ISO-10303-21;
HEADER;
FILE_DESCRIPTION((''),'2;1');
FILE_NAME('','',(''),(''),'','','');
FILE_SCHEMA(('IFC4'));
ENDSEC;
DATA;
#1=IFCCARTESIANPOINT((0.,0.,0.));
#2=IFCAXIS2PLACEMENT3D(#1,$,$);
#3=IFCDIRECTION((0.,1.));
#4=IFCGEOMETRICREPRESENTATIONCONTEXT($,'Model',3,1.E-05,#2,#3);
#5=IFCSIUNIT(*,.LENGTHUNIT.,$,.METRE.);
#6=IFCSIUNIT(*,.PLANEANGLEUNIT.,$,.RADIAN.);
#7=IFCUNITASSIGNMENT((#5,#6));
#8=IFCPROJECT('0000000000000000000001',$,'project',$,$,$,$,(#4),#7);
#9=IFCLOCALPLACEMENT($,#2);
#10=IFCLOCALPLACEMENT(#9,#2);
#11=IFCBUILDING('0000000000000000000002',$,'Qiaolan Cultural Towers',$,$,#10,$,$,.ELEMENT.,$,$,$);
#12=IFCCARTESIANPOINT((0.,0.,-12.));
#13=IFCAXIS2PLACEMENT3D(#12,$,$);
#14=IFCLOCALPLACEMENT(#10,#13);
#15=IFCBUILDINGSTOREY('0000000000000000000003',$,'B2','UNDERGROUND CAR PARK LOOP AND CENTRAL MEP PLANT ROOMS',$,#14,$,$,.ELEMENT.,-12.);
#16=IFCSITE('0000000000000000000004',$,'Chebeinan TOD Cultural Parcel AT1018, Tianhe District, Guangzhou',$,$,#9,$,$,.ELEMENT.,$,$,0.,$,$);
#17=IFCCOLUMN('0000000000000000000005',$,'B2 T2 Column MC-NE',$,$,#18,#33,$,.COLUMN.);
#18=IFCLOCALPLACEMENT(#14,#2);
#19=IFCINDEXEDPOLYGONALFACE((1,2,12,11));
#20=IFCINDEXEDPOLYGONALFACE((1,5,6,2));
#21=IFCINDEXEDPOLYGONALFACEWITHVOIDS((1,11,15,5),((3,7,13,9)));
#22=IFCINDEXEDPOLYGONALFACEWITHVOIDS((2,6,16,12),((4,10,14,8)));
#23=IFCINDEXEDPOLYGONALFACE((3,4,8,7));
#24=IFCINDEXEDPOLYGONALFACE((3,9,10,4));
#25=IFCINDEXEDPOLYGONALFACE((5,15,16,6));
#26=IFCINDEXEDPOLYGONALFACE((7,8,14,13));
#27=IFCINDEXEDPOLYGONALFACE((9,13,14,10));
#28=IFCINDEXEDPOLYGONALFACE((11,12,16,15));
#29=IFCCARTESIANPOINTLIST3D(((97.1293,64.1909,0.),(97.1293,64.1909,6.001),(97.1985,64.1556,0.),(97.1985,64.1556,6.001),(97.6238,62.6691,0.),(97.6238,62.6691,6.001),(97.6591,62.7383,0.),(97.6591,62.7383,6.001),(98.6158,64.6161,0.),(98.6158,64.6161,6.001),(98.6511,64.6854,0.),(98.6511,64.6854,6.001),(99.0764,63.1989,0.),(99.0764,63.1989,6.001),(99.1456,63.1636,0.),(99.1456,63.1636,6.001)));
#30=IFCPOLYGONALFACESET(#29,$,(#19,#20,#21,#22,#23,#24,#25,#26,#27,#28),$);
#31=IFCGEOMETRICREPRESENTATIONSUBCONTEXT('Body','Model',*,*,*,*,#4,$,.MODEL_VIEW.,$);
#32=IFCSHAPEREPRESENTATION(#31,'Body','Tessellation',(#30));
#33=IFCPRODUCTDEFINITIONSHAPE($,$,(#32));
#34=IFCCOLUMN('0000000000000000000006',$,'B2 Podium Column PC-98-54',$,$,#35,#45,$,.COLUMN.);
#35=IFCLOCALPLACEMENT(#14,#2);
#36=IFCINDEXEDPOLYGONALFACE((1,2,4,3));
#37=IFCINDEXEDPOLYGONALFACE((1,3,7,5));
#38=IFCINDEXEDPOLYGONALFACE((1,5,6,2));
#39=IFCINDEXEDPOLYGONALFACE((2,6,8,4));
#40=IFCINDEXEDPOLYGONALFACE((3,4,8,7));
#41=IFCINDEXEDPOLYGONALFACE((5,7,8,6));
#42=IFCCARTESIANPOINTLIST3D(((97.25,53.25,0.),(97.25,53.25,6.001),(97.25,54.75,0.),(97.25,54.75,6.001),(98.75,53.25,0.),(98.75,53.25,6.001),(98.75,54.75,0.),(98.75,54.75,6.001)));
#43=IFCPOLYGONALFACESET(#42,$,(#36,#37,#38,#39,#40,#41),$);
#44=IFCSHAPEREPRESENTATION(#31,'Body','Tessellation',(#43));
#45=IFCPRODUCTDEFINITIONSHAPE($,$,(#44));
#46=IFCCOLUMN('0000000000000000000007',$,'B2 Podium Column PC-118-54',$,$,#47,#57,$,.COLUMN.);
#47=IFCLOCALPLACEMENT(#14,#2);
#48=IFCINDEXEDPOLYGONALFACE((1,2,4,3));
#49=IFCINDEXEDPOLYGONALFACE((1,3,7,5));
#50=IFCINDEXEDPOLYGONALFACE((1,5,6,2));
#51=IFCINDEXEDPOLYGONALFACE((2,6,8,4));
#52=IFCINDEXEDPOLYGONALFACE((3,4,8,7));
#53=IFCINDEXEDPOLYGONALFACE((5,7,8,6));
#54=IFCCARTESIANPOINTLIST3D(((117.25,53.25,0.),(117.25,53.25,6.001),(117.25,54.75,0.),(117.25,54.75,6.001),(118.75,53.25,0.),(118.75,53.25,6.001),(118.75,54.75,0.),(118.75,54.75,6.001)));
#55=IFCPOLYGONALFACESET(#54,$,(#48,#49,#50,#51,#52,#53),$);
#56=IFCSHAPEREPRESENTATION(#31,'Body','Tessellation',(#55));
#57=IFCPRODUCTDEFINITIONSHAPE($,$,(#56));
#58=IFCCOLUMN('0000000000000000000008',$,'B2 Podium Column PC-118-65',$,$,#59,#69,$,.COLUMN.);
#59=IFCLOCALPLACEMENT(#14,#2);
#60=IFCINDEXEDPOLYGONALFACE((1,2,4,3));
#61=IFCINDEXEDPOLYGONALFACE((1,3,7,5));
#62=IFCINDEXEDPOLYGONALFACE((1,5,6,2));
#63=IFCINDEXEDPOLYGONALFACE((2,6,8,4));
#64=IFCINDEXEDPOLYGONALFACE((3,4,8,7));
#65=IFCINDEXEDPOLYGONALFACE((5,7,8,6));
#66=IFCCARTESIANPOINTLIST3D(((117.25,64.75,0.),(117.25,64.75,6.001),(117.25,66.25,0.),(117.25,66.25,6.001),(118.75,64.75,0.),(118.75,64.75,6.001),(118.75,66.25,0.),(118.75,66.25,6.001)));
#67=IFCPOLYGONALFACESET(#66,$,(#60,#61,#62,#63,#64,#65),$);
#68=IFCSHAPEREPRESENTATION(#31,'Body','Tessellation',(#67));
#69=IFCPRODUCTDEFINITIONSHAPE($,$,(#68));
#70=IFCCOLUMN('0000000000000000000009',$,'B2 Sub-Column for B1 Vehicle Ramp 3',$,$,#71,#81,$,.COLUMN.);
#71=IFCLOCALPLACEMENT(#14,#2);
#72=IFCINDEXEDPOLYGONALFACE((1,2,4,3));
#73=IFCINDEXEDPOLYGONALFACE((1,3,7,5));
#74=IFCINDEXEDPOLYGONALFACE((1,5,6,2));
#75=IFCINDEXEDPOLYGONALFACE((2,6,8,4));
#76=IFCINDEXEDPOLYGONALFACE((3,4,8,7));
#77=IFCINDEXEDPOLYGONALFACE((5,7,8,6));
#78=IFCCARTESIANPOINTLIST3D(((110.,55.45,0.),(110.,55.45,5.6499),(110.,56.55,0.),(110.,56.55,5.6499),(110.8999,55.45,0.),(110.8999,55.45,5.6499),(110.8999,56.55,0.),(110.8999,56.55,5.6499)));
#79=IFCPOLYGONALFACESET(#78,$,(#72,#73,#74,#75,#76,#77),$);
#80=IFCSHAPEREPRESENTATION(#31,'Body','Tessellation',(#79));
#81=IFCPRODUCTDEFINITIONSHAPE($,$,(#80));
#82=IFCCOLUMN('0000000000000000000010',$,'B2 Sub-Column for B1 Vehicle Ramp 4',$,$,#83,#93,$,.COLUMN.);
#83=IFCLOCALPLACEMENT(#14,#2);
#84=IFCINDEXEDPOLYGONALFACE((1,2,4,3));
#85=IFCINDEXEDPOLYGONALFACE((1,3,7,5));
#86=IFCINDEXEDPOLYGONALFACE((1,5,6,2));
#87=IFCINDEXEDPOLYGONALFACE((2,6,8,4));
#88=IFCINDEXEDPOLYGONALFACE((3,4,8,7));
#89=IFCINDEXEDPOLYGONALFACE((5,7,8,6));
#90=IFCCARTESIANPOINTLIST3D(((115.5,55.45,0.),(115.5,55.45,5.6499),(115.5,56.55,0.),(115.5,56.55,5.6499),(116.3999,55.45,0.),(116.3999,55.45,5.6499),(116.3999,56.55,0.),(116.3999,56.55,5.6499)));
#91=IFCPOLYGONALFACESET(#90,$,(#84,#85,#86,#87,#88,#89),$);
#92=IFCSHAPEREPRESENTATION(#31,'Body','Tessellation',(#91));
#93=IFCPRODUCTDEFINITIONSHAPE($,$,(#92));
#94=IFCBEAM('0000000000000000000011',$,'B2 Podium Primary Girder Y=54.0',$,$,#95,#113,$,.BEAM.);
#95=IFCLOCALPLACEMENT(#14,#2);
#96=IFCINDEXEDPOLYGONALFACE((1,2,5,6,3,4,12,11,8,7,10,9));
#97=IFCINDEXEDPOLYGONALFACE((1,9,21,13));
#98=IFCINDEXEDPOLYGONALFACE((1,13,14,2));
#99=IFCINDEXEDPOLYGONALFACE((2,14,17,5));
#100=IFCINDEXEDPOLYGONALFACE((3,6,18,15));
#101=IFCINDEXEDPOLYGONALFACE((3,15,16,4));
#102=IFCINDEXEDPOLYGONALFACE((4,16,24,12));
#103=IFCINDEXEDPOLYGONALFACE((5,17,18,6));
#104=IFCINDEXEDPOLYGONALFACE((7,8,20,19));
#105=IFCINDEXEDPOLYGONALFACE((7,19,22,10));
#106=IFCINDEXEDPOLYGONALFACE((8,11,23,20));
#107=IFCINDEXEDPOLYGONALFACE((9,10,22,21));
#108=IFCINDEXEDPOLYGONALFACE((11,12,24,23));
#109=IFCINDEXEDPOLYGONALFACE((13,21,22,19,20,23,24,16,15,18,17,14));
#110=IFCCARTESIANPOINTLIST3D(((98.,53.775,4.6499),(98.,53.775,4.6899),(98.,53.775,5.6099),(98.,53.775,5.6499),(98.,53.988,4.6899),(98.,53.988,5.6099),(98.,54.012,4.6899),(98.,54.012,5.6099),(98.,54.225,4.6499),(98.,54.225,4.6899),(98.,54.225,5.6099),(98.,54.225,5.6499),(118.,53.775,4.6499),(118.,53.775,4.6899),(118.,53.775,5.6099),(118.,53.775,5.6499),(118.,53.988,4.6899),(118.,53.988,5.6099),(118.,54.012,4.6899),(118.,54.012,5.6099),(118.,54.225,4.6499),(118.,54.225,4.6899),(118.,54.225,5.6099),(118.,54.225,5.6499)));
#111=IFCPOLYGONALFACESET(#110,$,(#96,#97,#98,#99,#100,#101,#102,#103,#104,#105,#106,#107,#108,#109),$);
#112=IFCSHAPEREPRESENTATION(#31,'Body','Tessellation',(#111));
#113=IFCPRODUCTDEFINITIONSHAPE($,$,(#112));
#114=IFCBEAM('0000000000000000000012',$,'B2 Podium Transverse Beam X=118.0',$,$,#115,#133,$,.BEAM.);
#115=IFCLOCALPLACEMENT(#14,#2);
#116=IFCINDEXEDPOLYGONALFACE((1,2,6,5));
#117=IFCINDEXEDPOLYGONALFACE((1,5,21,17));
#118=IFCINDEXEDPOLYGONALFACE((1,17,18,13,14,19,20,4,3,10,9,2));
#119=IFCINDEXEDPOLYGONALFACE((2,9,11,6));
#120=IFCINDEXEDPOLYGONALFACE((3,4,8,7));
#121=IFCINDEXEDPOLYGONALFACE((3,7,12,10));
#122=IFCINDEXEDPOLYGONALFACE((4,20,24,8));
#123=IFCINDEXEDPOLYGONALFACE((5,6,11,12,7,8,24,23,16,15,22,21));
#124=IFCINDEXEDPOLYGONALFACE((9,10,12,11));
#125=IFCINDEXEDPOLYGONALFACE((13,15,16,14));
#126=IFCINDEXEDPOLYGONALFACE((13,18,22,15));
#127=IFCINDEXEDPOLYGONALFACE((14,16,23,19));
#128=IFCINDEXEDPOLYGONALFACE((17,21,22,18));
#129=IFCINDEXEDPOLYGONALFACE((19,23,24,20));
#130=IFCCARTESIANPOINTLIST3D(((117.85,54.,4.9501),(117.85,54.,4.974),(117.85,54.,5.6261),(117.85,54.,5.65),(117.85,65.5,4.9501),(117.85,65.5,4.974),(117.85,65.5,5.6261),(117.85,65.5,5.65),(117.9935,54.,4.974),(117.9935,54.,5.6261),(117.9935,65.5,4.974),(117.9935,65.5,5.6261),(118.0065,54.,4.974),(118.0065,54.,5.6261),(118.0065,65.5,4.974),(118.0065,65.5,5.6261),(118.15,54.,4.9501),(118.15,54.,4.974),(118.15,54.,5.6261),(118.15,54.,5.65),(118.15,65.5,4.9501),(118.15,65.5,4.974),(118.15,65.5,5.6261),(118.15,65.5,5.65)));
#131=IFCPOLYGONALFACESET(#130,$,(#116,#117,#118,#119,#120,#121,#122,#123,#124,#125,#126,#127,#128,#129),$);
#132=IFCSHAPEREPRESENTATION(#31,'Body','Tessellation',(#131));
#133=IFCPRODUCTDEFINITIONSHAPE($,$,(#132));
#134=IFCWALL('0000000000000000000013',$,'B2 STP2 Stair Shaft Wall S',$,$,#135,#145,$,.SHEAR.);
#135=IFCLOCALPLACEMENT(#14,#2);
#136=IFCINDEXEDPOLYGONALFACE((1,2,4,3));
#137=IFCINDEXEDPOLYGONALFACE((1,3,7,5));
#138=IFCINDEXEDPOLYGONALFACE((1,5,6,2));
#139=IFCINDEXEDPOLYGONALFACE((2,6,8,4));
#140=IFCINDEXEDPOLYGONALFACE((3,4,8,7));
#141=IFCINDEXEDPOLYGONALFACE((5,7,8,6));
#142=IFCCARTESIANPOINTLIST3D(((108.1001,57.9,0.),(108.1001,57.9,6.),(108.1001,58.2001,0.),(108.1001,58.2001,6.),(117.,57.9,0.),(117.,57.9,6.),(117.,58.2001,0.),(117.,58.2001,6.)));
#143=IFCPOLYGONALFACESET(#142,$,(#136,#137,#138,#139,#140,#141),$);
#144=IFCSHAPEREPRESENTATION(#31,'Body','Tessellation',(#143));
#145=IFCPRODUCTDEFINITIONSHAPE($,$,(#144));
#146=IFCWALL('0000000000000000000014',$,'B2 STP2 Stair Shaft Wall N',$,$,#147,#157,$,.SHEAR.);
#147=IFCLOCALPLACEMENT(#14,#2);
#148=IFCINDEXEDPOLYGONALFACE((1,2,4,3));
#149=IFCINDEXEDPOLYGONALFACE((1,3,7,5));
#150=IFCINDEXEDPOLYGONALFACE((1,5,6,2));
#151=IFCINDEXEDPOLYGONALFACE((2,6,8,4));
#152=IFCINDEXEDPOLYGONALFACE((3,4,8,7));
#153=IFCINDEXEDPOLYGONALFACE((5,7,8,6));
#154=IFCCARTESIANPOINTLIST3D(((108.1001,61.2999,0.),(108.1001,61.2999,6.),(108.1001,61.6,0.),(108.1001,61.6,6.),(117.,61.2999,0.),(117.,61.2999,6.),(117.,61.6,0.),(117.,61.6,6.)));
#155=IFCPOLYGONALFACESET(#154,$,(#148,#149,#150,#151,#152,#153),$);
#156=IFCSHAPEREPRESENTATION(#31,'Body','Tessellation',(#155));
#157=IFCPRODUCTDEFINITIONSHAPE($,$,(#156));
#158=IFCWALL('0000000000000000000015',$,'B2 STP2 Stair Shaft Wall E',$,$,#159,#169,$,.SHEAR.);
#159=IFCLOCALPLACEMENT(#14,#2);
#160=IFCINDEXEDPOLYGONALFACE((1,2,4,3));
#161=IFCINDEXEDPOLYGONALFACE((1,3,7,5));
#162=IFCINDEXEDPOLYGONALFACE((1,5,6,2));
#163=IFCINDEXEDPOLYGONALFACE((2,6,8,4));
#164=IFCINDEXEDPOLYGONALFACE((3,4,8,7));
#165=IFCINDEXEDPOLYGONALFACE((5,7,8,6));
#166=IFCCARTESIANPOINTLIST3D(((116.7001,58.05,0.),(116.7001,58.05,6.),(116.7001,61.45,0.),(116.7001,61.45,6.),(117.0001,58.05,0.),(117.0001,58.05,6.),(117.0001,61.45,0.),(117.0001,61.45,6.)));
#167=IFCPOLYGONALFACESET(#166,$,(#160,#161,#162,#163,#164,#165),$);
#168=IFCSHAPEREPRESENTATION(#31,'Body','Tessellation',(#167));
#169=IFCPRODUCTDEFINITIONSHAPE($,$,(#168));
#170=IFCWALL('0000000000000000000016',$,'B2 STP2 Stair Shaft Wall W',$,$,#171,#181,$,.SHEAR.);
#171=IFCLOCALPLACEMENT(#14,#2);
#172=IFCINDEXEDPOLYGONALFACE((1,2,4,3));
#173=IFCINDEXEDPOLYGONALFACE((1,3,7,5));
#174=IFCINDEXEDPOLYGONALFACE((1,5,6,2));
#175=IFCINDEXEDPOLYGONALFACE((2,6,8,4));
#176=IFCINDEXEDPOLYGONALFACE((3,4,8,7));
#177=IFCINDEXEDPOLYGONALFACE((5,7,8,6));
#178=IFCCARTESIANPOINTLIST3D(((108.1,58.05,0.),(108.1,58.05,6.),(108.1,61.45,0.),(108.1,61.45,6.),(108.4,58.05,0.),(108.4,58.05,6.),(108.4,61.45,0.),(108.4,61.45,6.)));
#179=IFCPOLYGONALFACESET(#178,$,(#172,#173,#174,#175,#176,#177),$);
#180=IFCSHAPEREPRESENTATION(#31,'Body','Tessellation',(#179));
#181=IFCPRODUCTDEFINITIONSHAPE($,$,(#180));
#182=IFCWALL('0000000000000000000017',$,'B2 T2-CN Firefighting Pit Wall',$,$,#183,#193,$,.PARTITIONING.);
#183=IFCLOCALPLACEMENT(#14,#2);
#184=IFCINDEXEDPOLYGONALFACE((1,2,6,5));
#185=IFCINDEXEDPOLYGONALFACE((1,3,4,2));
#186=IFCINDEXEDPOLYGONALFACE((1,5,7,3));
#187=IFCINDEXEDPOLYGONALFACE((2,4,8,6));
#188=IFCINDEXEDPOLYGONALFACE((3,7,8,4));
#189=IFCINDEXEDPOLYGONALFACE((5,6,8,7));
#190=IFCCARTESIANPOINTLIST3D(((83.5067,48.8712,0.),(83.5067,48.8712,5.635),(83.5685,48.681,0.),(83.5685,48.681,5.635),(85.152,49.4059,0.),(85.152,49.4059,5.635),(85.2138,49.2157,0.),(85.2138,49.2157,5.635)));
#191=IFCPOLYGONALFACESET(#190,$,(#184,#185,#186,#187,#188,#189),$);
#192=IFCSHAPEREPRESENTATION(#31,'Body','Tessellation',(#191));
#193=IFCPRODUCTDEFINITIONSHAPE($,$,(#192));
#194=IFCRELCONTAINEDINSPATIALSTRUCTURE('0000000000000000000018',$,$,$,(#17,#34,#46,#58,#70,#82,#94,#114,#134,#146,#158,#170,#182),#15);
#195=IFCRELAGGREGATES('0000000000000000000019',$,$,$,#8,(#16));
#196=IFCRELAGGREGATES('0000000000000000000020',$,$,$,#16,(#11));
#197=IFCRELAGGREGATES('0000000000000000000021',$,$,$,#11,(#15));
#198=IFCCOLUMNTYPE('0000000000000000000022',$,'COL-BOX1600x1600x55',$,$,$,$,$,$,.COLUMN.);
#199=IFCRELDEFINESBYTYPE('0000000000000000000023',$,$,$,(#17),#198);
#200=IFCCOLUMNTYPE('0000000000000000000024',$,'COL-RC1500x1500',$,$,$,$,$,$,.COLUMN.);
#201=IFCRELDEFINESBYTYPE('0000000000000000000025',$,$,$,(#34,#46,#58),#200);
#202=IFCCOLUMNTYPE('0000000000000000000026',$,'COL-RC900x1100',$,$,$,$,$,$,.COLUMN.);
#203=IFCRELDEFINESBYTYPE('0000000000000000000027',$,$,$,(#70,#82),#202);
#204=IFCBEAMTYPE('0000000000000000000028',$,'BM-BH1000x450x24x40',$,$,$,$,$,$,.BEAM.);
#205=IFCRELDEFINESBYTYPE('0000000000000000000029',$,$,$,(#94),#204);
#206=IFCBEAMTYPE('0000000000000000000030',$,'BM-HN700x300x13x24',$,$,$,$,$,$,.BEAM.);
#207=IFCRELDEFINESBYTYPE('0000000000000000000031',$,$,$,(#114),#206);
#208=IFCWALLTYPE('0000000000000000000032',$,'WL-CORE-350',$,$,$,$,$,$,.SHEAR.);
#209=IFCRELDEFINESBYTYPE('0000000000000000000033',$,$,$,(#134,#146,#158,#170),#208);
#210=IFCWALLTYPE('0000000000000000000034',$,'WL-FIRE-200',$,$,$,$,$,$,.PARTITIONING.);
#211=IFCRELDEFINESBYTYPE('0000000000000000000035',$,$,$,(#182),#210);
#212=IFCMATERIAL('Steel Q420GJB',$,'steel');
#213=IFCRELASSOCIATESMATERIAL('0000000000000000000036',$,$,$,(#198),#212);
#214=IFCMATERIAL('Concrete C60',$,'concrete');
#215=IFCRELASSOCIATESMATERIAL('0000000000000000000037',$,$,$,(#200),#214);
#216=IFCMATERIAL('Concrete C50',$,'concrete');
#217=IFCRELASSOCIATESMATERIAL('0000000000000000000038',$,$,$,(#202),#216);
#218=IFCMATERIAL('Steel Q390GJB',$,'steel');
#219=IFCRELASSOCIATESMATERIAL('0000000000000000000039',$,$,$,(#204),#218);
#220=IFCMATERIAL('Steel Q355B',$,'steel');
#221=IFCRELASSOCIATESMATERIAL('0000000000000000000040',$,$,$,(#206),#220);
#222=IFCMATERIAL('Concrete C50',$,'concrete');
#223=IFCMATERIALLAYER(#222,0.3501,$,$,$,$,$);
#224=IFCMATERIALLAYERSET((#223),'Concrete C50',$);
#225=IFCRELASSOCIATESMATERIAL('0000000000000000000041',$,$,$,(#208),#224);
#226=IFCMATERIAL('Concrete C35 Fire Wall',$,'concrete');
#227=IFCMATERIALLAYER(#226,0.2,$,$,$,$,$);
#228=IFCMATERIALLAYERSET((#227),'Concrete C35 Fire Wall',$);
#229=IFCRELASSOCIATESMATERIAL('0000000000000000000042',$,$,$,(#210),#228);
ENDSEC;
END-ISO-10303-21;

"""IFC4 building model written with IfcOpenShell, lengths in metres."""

from ifc_helpers import new_model, si_unit, direction, frame, frame_2d, origin, origin_2d, place, context, subcontext, project, spatial, rectangle, hollow_rectangle, i_section, extrude, material, layer, layer_set, material_profile, profile_set, type_object, element, save


model = new_model("IFC4")

# Units and contexts
model_context = context("Model", 3, precision=1e-05, world=origin(), true_north=direction((0.0, 1.0)))
body_context = subcontext(model_context, "Body", "Model", "MODEL_VIEW")
ifc_project = project(units=[si_unit("LENGTHUNIT", "METRE"), si_unit("PLANEANGLEUNIT", "RADIAN")], contexts=[model_context])

# Site, building, storey
site_placement = place(None, origin())
site = spatial("IfcSite", under=ifc_project, at=site_placement, Name="Chebeinan TOD Cultural Parcel AT1018, Tianhe District, Guangzhou", CompositionType="ELEMENT", RefElevation=0.0)
building_placement = place(site_placement, origin())
building = spatial("IfcBuilding", under=site, at=building_placement, Name="Qiaolan Cultural Towers", CompositionType="ELEMENT")
storey_placement = place(building_placement, frame((0.0, 0.0, -12.0)))
storey = spatial("IfcBuildingStorey", under=building, at=storey_placement, Name="B2", Description="UNDERGROUND CAR PARK LOOP AND CENTRAL MEP PLANT ROOMS", CompositionType="ELEMENT", Elevation=-12.0)

# Columns
ifc_material_1 = material(Name="Steel Q420GJB", Category="steel")
ifc_material_profile_1 = material_profile(ifc_material_1, hollow_rectangle(XDim=1.6001, YDim=1.6001, WallThickness=0.0549, at=origin_2d()), Name="BOX1600x1600x55")
ifc_profile_set_1 = profile_set([ifc_material_profile_1], Name="Steel Q420GJB")
column_type_1 = type_object("IfcColumnType", Name="COL-BOX1600x1600x55", PredefinedType="COLUMN", material=ifc_profile_set_1)
column_1_placement = place(storey_placement, frame((98.1375, 63.6772, 0.0), z_axis=(0.0, 0.0, 1.0), x_axis=(0.951057, 0.309017, 0.0)))
element("IfcColumn", 1, at=column_1_placement, inside=storey, type_object=column_type_1, Name="B2 T2 Column MC-NE", PredefinedType="COLUMN", context=body_context, shape_type="SweptSolid", body=[
    extrude(hollow_rectangle(XDim=1.6001, YDim=1.6001, WallThickness=0.0549, at=origin_2d()), origin(), (0.0, 0.0, 1.0), 6.001),
])
ifc_material_2 = material(Name="Concrete C60", Category="concrete")
ifc_material_profile_2 = material_profile(ifc_material_2, rectangle(XDim=1.5, YDim=1.5, at=origin_2d()), Name="RC1500x1500")
ifc_profile_set_2 = profile_set([ifc_material_profile_2], Name="Concrete C60")
column_type_2 = type_object("IfcColumnType", Name="COL-RC1500x1500", PredefinedType="COLUMN", material=ifc_profile_set_2)
for number, where, z_axis, x_axis, name in (
    (2, (98.0, 54.0, 0.0), (0.0, 0.0, 1.0), (1.0, 0.0, 0.0), "B2 Podium Column PC-98-54"),
    (3, (118.0, 54.0, 0.0), (0.0, 0.0, 1.0), (1.0, 0.0, 0.0), "B2 Podium Column PC-118-54"),
    (4, (118.0, 65.5, 0.0), (0.0, 0.0, 1.0), (1.0, 0.0, 0.0), "B2 Podium Column PC-118-65"),
):
    element("IfcColumn", number, at=place(storey_placement, frame(where, z_axis=z_axis, x_axis=x_axis)), inside=storey, type_object=column_type_2, Name=name, PredefinedType="COLUMN", context=body_context, shape_type="SweptSolid", body=[
        extrude(rectangle(XDim=1.5, YDim=1.5, at=origin_2d()), origin(), (0.0, 0.0, 1.0), 6.001),
    ])
ifc_material_3 = material(Name="Concrete C50", Category="concrete")
ifc_material_profile_3 = material_profile(ifc_material_3, rectangle(XDim=0.8999, YDim=1.1001, at=origin_2d()), Name="RC900x1100")
ifc_profile_set_3 = profile_set([ifc_material_profile_3], Name="Concrete C50")
column_type_3 = type_object("IfcColumnType", Name="COL-RC900x1100", PredefinedType="COLUMN", material=ifc_profile_set_3)
for number, where, z_axis, x_axis, name in (
    (5, (110.45, 56.0, 0.0), (0.0, 0.0, 1.0), (1.0, 0.0, 0.0), "B2 Sub-Column for B1 Vehicle Ramp 3"),
    (6, (115.95, 56.0, 0.0), (0.0, 0.0, 1.0), (1.0, 0.0, 0.0), "B2 Sub-Column for B1 Vehicle Ramp 4"),
):
    element("IfcColumn", number, at=place(storey_placement, frame(where, z_axis=z_axis, x_axis=x_axis)), inside=storey, type_object=column_type_3, Name=name, PredefinedType="COLUMN", context=body_context, shape_type="SweptSolid", body=[
        extrude(rectangle(XDim=0.8999, YDim=1.1001, at=origin_2d()), origin(), (0.0, 0.0, 1.0), 5.6499),
    ])

# Beams
ifc_material_4 = material(Name="Steel Q390GJB", Category="steel")
ifc_material_profile_4 = material_profile(ifc_material_4, i_section(OverallWidth=0.45, OverallDepth=1.0, WebThickness=0.0239, FlangeThickness=0.04, at=origin_2d()), Name="BH1000x450x24x40")
ifc_profile_set_4 = profile_set([ifc_material_profile_4], Name="Steel Q390GJB")
beam_type_1 = type_object("IfcBeamType", Name="BM-BH1000x450x24x40", PredefinedType="BEAM", material=ifc_profile_set_4)
beam_1_placement = place(storey_placement, frame((98.0, 54.0, 5.1499), z_axis=(1.0, 0.0, 0.0), x_axis=(0.0, 1.0, 0.0)))
element("IfcBeam", 7, at=beam_1_placement, inside=storey, type_object=beam_type_1, Name="B2 Podium Primary Girder Y=54.0", PredefinedType="BEAM", context=body_context, shape_type="SweptSolid", body=[
    extrude(i_section(OverallWidth=0.45, OverallDepth=1.0, WebThickness=0.0239, FlangeThickness=0.04, at=origin_2d()), origin(), (0.0, 0.0, 1.0), 20.0),
])
ifc_material_5 = material(Name="Steel Q355B", Category="steel")
ifc_material_profile_5 = material_profile(ifc_material_5, i_section(OverallWidth=0.3, OverallDepth=0.7, WebThickness=0.0129, FlangeThickness=0.0239, at=origin_2d()), Name="HN700x300x13x24")
ifc_profile_set_5 = profile_set([ifc_material_profile_5], Name="Steel Q355B")
beam_type_2 = type_object("IfcBeamType", Name="BM-HN700x300x13x24", PredefinedType="BEAM", material=ifc_profile_set_5)
beam_2_placement = place(storey_placement, frame((118.0, 54.0, 5.3), z_axis=(0.0, 1.0, 0.0), x_axis=(-1.0, 0.0, 0.0)))
element("IfcBeam", 8, at=beam_2_placement, inside=storey, type_object=beam_type_2, Name="B2 Podium Transverse Beam X=118.0", PredefinedType="BEAM", context=body_context, shape_type="SweptSolid", body=[
    extrude(i_section(OverallWidth=0.3, OverallDepth=0.7, WebThickness=0.0129, FlangeThickness=0.0239, at=origin_2d()), origin(), (0.0, 0.0, 1.0), 11.5),
])

# Walls
ifc_material_6 = material(Name="Concrete C50", Category="concrete")
ifc_layer_1 = layer(ifc_material_6, 0.3501)
ifc_layer_set_1 = layer_set([ifc_layer_1], Name="Concrete C50")
wall_type_1 = type_object("IfcWallType", Name="WL-CORE-350", PredefinedType="SHEAR", material=ifc_layer_set_1)
for number, where, z_axis, x_axis, name in (
    (9, (108.1001, 58.05, 0.0), (0.0, 0.0, 1.0), (1.0, 0.0, 0.0), "B2 STP2 Stair Shaft Wall S"),
    (10, (108.1001, 61.45, 0.0), (0.0, 0.0, 1.0), (1.0, 0.0, 0.0), "B2 STP2 Stair Shaft Wall N"),
):
    element("IfcWall", number, at=place(storey_placement, frame(where, z_axis=z_axis, x_axis=x_axis)), inside=storey, type_object=wall_type_1, Name=name, PredefinedType="SHEAR", context=body_context, shape_type="SweptSolid", body=[
        extrude(rectangle(XDim=8.8999, YDim=0.3, at=frame_2d((4.45, 0.0))), origin(), (0.0, 0.0, 1.0), 6.0),
    ])
for number, where, z_axis, x_axis, name in (
    (11, (116.8501, 58.05, 0.0), (0.0, 0.0, 1.0), (0.0, 1.0, 0.0), "B2 STP2 Stair Shaft Wall E"),
    (12, (108.25, 58.05, 0.0), (0.0, 0.0, 1.0), (0.0, 1.0, 0.0), "B2 STP2 Stair Shaft Wall W"),
):
    element("IfcWall", number, at=place(storey_placement, frame(where, z_axis=z_axis, x_axis=x_axis)), inside=storey, type_object=wall_type_1, Name=name, PredefinedType="SHEAR", context=body_context, shape_type="SweptSolid", body=[
        extrude(rectangle(XDim=3.3999, YDim=0.3, at=frame_2d((1.7, 0.0))), origin(), (0.0, 0.0, 1.0), 6.0),
    ])
ifc_material_7 = material(Name="Concrete C35 Fire Wall", Category="concrete")
ifc_layer_2 = layer(ifc_material_7, 0.2)
ifc_layer_set_2 = layer_set([ifc_layer_2], Name="Concrete C35 Fire Wall")
wall_type_2 = type_object("IfcWallType", Name="WL-FIRE-200", PredefinedType="PARTITIONING", material=ifc_layer_set_2)
wall_1_placement = place(storey_placement, frame((83.5376, 48.7761, 0.0), z_axis=(0.0, 0.0, 1.0), x_axis=(0.951041, 0.309064, 0.0)))
element("IfcWall", 13, at=wall_1_placement, inside=storey, type_object=wall_type_2, Name="B2 T2-CN Firefighting Pit Wall", PredefinedType="PARTITIONING", context=body_context, shape_type="SweptSolid", body=[
    extrude(rectangle(XDim=1.73, YDim=0.2, at=frame_2d((0.865, 0.0))), origin(), (0.0, 0.0, 1.0), 5.635),
])

save(model, "model.ifc")
